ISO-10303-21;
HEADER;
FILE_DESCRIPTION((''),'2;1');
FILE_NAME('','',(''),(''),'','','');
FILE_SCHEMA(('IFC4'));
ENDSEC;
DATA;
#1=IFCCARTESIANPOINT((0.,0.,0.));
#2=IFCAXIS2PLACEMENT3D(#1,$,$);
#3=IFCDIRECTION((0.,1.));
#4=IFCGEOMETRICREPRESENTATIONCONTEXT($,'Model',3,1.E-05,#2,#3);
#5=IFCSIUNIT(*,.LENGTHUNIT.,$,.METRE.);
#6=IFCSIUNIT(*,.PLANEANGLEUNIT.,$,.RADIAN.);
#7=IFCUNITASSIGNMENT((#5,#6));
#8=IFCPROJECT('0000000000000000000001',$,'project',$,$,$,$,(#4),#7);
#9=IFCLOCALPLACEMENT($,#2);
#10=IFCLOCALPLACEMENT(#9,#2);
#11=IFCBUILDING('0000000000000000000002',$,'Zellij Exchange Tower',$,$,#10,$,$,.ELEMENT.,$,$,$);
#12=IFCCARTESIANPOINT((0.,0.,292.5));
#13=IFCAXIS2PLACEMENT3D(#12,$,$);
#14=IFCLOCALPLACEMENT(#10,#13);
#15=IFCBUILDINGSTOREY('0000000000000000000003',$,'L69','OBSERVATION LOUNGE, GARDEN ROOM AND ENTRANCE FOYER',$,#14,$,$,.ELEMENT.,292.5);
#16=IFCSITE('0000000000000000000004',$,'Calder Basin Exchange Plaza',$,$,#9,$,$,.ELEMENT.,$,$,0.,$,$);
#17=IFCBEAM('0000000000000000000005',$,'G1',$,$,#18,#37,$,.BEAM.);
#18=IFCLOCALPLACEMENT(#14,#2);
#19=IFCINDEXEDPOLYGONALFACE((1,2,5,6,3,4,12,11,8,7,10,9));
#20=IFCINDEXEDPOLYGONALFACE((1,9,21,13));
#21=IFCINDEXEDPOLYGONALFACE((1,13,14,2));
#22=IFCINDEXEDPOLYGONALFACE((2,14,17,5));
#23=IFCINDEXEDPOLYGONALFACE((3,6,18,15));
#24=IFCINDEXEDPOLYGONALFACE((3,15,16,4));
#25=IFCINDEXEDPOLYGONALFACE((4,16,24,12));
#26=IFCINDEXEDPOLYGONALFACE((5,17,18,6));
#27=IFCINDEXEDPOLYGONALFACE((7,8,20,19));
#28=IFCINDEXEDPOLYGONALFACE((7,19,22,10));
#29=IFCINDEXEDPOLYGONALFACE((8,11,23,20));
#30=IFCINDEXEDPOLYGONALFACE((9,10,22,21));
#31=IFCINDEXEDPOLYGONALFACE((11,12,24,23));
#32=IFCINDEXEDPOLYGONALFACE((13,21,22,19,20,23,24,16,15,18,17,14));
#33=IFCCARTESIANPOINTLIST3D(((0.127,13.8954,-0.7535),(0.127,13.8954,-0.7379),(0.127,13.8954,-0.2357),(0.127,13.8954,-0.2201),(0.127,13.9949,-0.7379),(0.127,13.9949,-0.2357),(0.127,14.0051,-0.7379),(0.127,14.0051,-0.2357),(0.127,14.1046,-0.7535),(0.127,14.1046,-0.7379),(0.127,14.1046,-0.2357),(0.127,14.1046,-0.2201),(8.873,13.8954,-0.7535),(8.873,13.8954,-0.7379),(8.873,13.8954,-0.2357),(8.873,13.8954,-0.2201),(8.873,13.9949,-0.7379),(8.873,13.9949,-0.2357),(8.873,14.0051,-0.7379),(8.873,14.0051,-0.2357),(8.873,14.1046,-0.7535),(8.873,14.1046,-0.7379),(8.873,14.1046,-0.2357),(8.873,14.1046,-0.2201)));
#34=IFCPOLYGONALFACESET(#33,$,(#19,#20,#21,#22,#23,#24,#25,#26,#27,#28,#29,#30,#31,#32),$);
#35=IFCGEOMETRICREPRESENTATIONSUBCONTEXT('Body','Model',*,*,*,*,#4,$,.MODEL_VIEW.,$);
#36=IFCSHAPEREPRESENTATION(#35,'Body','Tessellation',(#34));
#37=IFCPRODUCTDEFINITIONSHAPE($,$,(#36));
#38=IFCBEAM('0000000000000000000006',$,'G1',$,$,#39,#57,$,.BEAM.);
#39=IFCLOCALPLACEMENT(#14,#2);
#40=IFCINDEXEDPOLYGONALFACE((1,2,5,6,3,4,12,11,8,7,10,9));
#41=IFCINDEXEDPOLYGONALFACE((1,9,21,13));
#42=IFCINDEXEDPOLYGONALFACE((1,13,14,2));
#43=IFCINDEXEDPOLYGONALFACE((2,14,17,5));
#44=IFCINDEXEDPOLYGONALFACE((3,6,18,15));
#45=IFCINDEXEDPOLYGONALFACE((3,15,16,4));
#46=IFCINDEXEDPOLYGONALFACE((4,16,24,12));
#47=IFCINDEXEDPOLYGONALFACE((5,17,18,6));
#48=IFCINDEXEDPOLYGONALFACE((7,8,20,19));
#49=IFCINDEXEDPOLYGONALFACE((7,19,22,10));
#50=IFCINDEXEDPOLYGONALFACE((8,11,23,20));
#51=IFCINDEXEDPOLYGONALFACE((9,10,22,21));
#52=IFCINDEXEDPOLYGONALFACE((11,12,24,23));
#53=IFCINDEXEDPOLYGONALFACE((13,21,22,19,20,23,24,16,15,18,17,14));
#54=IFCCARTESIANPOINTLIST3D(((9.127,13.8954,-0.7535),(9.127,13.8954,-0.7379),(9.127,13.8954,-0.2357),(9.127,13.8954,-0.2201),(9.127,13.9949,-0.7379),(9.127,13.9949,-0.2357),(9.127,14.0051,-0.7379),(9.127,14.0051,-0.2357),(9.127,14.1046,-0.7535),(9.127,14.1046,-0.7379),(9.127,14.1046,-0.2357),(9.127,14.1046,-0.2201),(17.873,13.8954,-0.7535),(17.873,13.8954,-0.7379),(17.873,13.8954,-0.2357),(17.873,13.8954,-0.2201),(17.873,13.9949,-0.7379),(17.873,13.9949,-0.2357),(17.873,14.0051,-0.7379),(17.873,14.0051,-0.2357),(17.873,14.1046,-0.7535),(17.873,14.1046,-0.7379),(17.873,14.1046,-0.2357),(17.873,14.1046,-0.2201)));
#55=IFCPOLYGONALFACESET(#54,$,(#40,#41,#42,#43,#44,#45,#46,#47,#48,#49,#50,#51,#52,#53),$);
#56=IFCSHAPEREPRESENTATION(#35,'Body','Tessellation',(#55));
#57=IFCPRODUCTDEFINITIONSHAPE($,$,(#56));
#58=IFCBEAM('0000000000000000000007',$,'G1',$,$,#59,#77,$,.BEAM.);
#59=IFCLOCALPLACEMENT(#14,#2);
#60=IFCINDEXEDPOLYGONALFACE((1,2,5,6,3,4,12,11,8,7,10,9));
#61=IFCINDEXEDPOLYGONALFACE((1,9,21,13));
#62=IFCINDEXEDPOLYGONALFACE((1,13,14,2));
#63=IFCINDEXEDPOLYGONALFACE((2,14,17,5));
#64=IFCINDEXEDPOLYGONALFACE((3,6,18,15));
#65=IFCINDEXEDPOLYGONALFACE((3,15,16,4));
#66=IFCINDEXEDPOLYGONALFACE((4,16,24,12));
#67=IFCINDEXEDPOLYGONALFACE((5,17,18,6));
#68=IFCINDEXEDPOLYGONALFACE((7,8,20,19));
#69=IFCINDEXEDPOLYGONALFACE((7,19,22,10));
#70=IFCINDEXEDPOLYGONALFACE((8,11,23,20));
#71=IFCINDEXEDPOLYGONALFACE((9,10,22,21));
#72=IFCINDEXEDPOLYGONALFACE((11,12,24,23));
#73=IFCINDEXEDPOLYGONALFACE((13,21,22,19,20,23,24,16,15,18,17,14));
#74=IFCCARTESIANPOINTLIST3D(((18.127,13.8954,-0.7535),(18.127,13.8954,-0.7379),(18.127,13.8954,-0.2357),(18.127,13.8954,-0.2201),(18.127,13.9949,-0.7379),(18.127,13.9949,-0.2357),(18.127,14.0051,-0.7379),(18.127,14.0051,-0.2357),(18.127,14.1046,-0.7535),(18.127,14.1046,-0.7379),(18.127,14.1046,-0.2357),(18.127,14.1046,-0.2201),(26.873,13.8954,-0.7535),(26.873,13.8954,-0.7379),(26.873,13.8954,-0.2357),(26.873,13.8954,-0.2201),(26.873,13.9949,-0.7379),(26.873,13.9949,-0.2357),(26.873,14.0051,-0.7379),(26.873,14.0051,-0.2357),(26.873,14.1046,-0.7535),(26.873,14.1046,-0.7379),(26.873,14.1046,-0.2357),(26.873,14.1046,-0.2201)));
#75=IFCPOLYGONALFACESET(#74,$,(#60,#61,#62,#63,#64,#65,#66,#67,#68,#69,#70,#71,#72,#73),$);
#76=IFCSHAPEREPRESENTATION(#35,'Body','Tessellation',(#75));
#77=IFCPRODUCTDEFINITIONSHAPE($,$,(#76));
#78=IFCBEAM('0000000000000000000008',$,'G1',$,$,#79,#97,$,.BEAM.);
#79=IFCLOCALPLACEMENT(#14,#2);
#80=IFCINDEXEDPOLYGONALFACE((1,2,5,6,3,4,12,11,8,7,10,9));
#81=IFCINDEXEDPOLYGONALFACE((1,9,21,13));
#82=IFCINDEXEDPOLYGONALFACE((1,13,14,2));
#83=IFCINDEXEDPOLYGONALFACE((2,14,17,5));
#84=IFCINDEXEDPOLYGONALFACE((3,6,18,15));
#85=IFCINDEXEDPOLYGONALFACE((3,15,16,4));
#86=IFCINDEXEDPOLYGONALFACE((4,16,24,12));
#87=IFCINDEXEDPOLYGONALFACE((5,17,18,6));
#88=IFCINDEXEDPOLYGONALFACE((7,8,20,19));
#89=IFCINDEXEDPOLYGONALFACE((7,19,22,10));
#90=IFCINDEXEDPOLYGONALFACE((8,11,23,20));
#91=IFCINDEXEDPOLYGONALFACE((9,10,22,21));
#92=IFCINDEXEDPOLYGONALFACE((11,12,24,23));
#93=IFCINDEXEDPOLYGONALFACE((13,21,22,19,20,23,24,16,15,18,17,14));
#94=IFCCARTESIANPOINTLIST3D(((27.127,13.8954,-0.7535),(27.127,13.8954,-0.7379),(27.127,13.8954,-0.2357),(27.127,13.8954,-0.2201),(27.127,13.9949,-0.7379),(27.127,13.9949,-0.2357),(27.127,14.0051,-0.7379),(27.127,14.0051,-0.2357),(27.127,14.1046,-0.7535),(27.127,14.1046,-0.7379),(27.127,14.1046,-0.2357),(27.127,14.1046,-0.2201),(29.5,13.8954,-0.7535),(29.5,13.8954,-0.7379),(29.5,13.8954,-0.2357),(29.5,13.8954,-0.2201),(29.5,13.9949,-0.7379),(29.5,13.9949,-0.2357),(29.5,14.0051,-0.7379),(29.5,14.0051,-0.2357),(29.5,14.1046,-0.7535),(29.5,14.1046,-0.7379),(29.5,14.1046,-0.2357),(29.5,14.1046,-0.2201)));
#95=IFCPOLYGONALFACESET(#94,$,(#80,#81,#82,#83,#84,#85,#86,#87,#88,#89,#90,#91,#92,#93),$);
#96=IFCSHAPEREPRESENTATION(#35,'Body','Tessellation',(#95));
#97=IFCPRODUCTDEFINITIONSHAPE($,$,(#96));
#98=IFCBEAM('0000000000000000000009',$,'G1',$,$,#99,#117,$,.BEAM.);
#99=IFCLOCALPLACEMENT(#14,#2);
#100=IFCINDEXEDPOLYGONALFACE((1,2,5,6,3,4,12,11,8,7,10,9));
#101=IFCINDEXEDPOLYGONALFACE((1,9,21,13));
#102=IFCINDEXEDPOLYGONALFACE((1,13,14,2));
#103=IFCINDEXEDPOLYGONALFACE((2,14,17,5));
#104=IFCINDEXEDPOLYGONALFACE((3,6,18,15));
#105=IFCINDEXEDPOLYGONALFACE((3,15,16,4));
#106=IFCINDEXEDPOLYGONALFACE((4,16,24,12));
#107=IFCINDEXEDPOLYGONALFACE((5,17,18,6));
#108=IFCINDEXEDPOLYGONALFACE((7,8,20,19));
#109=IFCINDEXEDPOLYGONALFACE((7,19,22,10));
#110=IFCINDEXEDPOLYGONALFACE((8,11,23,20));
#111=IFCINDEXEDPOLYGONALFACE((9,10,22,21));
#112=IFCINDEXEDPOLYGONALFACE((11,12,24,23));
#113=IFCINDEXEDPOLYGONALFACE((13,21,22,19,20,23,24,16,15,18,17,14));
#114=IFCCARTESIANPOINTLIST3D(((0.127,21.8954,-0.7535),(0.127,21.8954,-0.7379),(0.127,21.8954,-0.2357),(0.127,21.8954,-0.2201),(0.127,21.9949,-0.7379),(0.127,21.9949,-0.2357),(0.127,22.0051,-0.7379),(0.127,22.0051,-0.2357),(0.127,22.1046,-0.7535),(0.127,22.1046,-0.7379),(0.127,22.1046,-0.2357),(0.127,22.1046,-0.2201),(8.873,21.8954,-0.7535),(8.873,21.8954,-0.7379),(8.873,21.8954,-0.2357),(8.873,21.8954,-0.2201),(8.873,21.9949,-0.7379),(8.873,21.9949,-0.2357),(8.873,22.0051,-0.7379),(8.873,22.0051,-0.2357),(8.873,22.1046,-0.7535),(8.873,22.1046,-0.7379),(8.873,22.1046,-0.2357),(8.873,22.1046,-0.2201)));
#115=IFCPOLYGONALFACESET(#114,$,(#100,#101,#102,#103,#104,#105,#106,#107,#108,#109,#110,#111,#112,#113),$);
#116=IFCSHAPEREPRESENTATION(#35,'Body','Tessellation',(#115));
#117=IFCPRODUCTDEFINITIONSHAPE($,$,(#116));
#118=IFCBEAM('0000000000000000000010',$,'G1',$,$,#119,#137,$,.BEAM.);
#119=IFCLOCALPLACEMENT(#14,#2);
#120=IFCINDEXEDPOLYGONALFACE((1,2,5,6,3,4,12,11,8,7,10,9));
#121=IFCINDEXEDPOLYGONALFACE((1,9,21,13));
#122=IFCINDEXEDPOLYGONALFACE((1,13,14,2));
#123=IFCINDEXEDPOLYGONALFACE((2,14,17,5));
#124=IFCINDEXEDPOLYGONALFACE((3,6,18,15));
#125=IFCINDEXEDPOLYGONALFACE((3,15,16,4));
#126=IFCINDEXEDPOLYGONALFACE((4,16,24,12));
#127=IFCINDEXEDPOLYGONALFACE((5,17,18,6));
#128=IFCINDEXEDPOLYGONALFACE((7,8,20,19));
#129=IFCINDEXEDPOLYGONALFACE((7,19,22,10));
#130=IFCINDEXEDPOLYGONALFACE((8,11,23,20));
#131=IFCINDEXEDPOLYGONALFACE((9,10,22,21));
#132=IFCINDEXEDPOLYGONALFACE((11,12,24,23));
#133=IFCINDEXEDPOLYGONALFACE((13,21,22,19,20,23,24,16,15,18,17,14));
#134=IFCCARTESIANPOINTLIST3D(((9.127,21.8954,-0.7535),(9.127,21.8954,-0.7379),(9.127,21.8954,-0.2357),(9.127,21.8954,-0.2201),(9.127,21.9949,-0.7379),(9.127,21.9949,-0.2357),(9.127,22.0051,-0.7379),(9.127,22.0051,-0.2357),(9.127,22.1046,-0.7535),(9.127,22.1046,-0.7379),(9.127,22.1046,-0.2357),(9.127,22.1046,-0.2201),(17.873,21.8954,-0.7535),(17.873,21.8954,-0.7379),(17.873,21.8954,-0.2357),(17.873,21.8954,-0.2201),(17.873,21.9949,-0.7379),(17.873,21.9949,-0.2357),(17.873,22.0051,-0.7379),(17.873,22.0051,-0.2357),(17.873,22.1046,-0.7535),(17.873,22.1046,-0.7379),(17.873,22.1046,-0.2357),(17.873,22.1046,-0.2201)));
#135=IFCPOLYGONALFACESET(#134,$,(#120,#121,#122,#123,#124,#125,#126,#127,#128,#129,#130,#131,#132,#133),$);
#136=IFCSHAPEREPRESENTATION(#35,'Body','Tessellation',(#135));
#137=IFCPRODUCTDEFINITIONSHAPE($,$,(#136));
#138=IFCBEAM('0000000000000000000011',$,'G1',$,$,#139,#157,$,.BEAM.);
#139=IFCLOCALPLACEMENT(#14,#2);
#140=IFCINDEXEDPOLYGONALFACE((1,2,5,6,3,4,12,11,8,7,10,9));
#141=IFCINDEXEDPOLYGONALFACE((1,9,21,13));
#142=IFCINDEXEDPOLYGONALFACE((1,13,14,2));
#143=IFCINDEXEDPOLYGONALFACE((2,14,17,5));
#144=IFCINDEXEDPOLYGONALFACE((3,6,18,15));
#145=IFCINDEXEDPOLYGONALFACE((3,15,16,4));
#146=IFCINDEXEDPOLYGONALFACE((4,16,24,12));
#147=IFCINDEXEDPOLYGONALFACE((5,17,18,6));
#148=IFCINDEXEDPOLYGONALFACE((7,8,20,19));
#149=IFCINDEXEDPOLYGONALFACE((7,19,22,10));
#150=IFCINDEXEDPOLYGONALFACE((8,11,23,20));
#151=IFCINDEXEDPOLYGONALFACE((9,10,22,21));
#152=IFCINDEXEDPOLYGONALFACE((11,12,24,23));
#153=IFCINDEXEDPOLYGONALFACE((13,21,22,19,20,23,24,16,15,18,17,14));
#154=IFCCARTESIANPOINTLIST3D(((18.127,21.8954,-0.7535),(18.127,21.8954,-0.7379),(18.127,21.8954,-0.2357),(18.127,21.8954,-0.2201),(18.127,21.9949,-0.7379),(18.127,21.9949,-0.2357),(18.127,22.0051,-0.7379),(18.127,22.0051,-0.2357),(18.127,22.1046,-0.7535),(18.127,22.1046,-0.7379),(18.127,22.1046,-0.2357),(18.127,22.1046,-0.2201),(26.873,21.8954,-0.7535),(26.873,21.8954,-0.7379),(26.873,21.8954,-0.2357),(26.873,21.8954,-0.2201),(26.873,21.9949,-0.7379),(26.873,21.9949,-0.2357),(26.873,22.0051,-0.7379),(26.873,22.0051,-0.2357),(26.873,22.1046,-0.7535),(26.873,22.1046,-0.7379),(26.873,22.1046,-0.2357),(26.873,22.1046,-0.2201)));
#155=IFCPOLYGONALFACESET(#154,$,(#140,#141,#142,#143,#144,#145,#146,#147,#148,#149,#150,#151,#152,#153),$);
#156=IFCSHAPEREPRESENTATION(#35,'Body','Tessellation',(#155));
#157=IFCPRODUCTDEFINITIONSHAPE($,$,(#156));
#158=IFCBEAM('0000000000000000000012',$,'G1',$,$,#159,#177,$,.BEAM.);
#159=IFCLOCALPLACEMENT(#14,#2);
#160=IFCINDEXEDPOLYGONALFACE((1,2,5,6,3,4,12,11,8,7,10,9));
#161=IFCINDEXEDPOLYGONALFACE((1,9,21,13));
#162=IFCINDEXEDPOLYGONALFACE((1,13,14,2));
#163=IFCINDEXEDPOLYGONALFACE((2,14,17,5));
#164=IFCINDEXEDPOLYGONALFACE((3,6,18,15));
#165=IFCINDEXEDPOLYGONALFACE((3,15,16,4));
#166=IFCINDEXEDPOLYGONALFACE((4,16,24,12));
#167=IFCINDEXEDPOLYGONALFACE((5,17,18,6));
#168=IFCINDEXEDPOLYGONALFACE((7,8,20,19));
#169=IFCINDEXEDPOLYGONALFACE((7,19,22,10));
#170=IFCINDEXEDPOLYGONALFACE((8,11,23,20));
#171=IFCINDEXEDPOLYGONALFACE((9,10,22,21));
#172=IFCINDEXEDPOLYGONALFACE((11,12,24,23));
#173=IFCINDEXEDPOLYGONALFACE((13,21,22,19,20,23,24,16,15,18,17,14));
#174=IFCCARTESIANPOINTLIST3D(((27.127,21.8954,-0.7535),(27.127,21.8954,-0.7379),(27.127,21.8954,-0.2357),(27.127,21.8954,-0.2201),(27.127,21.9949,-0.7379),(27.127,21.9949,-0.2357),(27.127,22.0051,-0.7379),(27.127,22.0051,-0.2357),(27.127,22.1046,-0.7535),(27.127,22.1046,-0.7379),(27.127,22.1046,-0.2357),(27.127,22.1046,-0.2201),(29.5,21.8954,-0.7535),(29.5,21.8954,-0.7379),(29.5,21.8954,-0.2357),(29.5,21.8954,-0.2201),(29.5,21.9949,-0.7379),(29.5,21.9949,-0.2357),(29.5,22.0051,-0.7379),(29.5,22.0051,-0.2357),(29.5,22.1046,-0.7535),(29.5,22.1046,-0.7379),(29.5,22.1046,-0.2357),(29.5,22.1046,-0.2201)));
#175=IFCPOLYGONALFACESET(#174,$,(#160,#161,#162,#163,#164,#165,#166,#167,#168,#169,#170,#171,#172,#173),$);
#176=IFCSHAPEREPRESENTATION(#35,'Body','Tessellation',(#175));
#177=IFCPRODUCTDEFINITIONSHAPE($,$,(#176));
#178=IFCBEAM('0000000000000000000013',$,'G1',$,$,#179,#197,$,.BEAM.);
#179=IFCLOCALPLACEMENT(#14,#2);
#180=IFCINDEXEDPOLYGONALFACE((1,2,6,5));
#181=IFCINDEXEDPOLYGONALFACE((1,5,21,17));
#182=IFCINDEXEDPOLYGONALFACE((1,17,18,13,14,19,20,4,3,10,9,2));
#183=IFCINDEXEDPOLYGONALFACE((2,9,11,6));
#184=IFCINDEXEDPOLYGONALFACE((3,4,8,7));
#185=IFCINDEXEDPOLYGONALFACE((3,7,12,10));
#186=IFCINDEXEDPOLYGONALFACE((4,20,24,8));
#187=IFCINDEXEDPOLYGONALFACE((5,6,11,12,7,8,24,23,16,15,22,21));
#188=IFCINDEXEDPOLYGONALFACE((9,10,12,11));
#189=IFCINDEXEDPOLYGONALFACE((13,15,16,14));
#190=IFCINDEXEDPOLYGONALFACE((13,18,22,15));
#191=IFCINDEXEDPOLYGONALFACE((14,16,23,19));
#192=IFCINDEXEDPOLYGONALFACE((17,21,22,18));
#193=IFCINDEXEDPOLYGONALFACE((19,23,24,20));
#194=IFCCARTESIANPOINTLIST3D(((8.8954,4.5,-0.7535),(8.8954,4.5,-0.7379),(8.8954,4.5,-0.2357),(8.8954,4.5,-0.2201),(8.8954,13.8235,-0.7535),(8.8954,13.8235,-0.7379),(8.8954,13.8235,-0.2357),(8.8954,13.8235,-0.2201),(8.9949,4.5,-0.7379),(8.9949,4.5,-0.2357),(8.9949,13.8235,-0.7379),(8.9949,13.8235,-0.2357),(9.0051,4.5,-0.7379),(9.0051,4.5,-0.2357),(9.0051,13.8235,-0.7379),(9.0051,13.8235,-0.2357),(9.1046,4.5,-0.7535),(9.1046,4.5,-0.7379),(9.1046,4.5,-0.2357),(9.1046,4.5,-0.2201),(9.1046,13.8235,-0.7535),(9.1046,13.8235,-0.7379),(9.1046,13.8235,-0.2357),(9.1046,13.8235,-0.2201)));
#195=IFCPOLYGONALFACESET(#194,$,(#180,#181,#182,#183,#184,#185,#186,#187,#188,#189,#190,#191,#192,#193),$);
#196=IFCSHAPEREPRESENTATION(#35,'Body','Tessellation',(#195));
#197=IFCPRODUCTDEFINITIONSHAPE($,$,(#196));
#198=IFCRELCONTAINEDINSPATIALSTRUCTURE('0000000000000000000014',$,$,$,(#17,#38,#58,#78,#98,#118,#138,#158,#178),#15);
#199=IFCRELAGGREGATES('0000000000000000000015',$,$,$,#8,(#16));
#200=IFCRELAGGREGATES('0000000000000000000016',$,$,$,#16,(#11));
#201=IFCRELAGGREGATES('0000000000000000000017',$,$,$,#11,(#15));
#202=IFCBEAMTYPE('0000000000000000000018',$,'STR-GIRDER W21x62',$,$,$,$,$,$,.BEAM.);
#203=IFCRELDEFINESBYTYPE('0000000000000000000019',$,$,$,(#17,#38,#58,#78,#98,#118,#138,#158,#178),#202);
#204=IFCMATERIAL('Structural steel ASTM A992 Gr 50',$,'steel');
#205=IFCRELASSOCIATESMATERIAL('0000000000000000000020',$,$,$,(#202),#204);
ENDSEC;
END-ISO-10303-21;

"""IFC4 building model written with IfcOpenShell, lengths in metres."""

from ifc_helpers import new_model, si_unit, direction, frame, origin, origin_2d, place, context, subcontext, project, spatial, i_section, extrude, material, material_profile, profile_set, type_object, element, save


model = new_model("IFC4")

# Units and contexts
model_context = context("Model", 3, precision=1e-05, world=origin(), true_north=direction((0.0, 1.0)))
body_context = subcontext(model_context, "Body", "Model", "MODEL_VIEW")
ifc_project = project(units=[si_unit("LENGTHUNIT", "METRE"), si_unit("PLANEANGLEUNIT", "RADIAN")], contexts=[model_context])

# Site, building, storey
site_placement = place(None, origin())
site = spatial("IfcSite", under=ifc_project, at=site_placement, Name="Calder Basin Exchange Plaza", CompositionType="ELEMENT", RefElevation=0.0)
building_placement = place(site_placement, origin())
building = spatial("IfcBuilding", under=site, at=building_placement, Name="Zellij Exchange Tower", CompositionType="ELEMENT")
storey_placement = place(building_placement, frame((0.0, 0.0, 292.5)))
storey = spatial("IfcBuildingStorey", under=building, at=storey_placement, Name="L69", Description="OBSERVATION LOUNGE, GARDEN ROOM AND ENTRANCE FOYER", CompositionType="ELEMENT", Elevation=292.5)

# Shared definitions
ifc_material_1 = material(Name="Structural steel ASTM A992 Gr 50", Category="steel")

# Beams
ifc_material_profile_1 = material_profile(ifc_material_1, i_section(OverallWidth=0.2092, OverallDepth=0.5334, WebThickness=0.0103, FlangeThickness=0.0156, at=origin_2d()), Name="W21x62")
ifc_profile_set_1 = profile_set([ifc_material_profile_1], Name="Structural steel ASTM A992 Gr 50")
beam_type = type_object("IfcBeamType", Name="STR-GIRDER W21x62", PredefinedType="BEAM", material=ifc_profile_set_1)
for number, where, z_axis, x_axis, name in (
    (1, (0.127, 14.0, -0.4868), (1.0, 0.0, 0.0), (0.0, 1.0, 0.0), "G1"),
    (2, (9.127, 14.0, -0.4868), (1.0, 0.0, 0.0), (0.0, 1.0, 0.0), "G1"),
    (3, (18.127, 14.0, -0.4868), (1.0, 0.0, 0.0), (0.0, 1.0, 0.0), "G1"),
):
    element("IfcBeam", number, at=place(storey_placement, frame(where, z_axis=z_axis, x_axis=x_axis)), inside=storey, type_object=beam_type, Name=name, PredefinedType="BEAM", context=body_context, shape_type="SweptSolid", body=[
        extrude(i_section(OverallWidth=0.2092, OverallDepth=0.5334, WebThickness=0.0103, FlangeThickness=0.0156, at=origin_2d()), origin(), (0.0, 0.0, 1.0), 8.7461),
    ])
beam_1_placement = place(storey_placement, frame((27.127, 14.0, -0.4868), z_axis=(1.0, 0.0, 0.0), x_axis=(0.0, 1.0, 0.0)))
element("IfcBeam", 4, at=beam_1_placement, inside=storey, type_object=beam_type, Name="G1", PredefinedType="BEAM", context=body_context, shape_type="SweptSolid", body=[
    extrude(i_section(OverallWidth=0.2092, OverallDepth=0.5334, WebThickness=0.0103, FlangeThickness=0.0156, at=origin_2d()), origin(), (0.0, 0.0, 1.0), 2.373),
])
for number, where, z_axis, x_axis, name in (
    (5, (0.127, 22.0, -0.4868), (1.0, 0.0, 0.0), (0.0, 1.0, 0.0), "G1"),
    (6, (9.127, 22.0, -0.4868), (1.0, 0.0, 0.0), (0.0, 1.0, 0.0), "G1"),
    (7, (18.127, 22.0, -0.4868), (1.0, 0.0, 0.0), (0.0, 1.0, 0.0), "G1"),
):
    element("IfcBeam", number, at=place(storey_placement, frame(where, z_axis=z_axis, x_axis=x_axis)), inside=storey, type_object=beam_type, Name=name, PredefinedType="BEAM", context=body_context, shape_type="SweptSolid", body=[
        extrude(i_section(OverallWidth=0.2092, OverallDepth=0.5334, WebThickness=0.0103, FlangeThickness=0.0156, at=origin_2d()), origin(), (0.0, 0.0, 1.0), 8.7461),
    ])
beam_2_placement = place(storey_placement, frame((27.127, 22.0, -0.4868), z_axis=(1.0, 0.0, 0.0), x_axis=(0.0, 1.0, 0.0)))
element("IfcBeam", 8, at=beam_2_placement, inside=storey, type_object=beam_type, Name="G1", PredefinedType="BEAM", context=body_context, shape_type="SweptSolid", body=[
    extrude(i_section(OverallWidth=0.2092, OverallDepth=0.5334, WebThickness=0.0103, FlangeThickness=0.0156, at=origin_2d()), origin(), (0.0, 0.0, 1.0), 2.373),
])
beam_3_placement = place(storey_placement, frame((9.0, 4.5, -0.4868), z_axis=(0.0, 1.0, 0.0), x_axis=(-1.0, 0.0, 0.0)))
element("IfcBeam", 9, at=beam_3_placement, inside=storey, type_object=beam_type, Name="G1", PredefinedType="BEAM", context=body_context, shape_type="SweptSolid", body=[
    extrude(i_section(OverallWidth=0.2092, OverallDepth=0.5334, WebThickness=0.0103, FlangeThickness=0.0156, at=origin_2d()), origin(), (0.0, 0.0, 1.0), 9.3235),
])

save(model, "model.ifc")
